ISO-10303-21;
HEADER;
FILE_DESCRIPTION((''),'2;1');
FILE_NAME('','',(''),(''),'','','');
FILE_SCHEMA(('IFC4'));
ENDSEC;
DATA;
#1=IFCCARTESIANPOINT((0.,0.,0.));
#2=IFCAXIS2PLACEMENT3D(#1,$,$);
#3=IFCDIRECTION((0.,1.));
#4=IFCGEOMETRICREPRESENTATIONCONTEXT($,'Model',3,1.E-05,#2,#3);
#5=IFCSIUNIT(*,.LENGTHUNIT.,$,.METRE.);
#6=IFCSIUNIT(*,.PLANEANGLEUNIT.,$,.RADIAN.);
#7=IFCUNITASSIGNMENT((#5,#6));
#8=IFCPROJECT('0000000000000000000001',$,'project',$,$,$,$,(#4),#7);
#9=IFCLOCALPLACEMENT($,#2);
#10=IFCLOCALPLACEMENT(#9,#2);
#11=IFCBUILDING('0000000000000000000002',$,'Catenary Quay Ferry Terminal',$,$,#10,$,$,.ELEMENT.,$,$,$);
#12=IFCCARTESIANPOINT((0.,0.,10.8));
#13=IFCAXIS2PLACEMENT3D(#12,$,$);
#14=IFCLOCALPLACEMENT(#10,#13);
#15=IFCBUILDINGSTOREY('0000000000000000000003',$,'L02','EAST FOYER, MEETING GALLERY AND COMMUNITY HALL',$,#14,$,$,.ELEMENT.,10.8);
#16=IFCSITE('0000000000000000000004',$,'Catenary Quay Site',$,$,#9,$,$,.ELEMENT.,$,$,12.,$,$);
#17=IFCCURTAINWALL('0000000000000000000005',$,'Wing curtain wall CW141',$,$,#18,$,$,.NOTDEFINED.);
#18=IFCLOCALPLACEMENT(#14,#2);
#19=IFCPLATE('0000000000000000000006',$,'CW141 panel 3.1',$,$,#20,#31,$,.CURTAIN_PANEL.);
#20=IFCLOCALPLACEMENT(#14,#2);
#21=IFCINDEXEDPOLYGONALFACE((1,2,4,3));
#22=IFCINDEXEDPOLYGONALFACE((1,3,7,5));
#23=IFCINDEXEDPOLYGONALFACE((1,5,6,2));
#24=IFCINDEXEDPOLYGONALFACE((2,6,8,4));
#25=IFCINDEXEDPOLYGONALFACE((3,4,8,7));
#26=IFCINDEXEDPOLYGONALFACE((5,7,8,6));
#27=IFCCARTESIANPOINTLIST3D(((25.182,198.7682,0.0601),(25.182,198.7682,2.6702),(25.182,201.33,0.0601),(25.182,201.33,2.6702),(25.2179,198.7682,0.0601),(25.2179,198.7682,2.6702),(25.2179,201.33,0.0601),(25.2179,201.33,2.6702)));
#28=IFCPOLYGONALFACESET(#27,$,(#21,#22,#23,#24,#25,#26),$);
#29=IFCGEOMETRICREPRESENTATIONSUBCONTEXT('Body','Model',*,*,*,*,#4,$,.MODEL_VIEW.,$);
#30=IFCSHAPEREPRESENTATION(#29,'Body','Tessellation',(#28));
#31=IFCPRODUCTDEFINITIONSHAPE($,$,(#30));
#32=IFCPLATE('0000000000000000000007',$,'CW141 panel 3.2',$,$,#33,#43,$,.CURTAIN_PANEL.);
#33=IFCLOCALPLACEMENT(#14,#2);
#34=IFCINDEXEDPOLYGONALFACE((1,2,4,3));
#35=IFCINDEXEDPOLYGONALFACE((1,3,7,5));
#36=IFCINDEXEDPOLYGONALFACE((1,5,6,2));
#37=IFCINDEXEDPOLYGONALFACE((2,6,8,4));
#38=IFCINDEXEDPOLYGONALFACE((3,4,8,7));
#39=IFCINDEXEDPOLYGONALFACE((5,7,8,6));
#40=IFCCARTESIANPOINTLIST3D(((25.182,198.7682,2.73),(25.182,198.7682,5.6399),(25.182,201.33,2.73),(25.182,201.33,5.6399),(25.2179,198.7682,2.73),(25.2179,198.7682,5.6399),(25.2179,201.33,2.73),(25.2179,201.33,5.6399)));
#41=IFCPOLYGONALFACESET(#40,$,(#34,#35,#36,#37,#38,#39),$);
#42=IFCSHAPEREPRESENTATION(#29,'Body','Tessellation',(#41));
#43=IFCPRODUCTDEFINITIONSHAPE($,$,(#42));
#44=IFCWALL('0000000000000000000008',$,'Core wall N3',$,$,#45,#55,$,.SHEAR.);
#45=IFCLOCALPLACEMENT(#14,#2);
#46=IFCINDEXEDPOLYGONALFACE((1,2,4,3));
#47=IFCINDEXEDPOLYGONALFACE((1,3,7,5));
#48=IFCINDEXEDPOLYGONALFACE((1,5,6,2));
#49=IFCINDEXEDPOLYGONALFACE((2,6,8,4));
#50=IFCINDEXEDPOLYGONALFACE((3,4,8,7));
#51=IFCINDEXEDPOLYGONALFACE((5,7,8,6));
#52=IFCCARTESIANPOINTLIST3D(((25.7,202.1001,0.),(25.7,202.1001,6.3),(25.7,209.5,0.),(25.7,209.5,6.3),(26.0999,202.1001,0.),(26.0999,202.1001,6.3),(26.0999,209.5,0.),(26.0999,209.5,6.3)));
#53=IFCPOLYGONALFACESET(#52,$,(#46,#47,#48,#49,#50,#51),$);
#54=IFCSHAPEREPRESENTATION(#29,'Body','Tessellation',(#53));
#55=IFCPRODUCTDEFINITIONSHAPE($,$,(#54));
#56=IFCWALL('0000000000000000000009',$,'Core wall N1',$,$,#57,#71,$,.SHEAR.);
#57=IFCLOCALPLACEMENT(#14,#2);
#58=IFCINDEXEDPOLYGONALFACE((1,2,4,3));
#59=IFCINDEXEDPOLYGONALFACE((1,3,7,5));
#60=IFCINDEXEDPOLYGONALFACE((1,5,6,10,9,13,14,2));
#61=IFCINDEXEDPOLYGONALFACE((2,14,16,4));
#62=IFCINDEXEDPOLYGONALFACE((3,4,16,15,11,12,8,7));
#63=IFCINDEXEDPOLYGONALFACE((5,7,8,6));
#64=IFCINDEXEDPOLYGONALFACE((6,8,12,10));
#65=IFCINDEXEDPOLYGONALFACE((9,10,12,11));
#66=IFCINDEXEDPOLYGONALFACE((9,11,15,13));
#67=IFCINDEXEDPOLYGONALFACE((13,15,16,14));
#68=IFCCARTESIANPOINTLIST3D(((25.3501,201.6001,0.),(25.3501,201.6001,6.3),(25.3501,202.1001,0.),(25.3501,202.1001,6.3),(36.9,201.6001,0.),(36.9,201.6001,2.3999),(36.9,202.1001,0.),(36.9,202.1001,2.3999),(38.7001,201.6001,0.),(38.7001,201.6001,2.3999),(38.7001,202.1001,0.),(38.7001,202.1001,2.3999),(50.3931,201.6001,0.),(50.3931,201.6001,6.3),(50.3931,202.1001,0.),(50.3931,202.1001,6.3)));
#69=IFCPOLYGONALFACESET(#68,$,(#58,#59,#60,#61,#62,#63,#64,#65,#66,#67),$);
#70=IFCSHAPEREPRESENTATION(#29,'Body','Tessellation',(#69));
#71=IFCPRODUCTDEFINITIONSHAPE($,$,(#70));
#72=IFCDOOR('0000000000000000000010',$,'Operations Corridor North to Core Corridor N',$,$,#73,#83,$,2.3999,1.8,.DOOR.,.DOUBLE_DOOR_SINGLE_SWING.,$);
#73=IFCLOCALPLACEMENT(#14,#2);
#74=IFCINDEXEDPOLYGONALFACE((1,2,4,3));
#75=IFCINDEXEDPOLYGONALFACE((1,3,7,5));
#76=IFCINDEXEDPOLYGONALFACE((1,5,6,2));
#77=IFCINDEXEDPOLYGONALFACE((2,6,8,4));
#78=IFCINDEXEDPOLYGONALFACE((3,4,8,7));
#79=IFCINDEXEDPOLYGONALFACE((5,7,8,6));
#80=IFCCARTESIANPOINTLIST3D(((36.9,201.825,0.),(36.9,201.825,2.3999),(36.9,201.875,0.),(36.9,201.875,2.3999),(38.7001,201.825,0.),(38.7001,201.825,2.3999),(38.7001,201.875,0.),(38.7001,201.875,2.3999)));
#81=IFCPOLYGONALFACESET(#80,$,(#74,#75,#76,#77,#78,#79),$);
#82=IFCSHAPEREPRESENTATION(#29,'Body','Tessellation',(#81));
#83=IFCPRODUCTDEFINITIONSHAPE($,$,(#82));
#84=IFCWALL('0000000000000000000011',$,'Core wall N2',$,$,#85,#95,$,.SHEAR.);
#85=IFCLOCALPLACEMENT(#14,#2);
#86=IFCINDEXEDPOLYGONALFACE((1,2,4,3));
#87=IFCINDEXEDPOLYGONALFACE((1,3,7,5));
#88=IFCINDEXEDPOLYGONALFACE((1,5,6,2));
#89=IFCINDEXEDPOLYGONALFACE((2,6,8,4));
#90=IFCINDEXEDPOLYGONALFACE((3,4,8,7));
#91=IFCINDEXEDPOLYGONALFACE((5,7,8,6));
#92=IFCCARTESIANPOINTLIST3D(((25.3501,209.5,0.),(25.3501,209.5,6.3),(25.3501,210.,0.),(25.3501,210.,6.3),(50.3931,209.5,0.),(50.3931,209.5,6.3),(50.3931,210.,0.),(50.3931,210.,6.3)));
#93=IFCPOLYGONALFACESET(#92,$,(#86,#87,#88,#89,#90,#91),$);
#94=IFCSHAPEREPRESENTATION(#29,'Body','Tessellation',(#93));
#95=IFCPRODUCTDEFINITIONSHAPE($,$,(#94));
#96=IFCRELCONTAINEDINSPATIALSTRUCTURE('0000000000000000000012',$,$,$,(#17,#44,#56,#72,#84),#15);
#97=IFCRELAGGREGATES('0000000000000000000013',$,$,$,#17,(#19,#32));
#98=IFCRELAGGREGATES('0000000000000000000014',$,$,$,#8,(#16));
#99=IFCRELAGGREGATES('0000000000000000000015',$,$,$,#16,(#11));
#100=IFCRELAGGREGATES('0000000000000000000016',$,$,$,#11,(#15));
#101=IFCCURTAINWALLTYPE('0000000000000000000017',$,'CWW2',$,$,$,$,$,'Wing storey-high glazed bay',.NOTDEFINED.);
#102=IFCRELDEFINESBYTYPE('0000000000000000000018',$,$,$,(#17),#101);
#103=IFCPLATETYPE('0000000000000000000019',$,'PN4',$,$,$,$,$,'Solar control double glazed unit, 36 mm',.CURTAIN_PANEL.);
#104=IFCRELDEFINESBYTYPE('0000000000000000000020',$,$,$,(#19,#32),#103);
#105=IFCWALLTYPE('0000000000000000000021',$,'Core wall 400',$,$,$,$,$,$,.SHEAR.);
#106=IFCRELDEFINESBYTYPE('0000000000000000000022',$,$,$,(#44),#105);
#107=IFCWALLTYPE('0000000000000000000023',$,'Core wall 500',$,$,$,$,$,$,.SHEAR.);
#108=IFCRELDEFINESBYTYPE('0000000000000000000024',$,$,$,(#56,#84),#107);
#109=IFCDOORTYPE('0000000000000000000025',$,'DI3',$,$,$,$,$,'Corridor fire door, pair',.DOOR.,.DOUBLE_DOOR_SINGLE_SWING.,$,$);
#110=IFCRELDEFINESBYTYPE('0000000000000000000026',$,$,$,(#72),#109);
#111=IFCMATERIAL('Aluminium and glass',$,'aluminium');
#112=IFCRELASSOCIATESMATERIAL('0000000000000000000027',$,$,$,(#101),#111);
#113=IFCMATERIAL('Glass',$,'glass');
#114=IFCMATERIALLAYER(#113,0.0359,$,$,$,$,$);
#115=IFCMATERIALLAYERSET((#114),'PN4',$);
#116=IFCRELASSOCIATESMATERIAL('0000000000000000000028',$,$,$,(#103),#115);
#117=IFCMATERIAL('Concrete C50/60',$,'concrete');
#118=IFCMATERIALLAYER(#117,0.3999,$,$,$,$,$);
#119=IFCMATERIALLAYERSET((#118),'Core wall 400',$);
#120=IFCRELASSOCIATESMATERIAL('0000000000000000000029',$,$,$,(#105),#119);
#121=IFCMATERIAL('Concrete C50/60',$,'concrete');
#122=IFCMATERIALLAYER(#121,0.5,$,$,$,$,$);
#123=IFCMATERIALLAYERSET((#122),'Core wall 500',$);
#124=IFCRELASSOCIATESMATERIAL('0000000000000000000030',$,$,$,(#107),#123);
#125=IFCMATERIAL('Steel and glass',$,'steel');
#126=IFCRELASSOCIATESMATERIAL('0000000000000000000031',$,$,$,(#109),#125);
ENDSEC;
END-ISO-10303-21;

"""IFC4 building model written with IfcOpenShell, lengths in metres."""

from ifc_helpers import new_model, si_unit, direction, frame, frame_2d, origin, origin_2d, place, context, subcontext, project, spatial, rectangle, extrude, material, layer, layer_set, type_object, element, fill, aggregate, save


model = new_model("IFC4")

# Units and contexts
model_context = context("Model", 3, precision=1e-05, world=origin(), true_north=direction((0.0, 1.0)))
body_context = subcontext(model_context, "Body", "Model", "MODEL_VIEW")
ifc_project = project(units=[si_unit("LENGTHUNIT", "METRE"), si_unit("PLANEANGLEUNIT", "RADIAN")], contexts=[model_context])

# Site, building, storey
site_placement = place(None, origin())
site = spatial("IfcSite", under=ifc_project, at=site_placement, Name="Catenary Quay Site", CompositionType="ELEMENT", RefElevation=12.0)
building_placement = place(site_placement, origin())
building = spatial("IfcBuilding", under=site, at=building_placement, Name="Catenary Quay Ferry Terminal", CompositionType="ELEMENT")
storey_placement = place(building_placement, frame((0.0, 0.0, 10.8)))
storey = spatial("IfcBuildingStorey", under=building, at=storey_placement, Name="L02", Description="EAST FOYER, MEETING GALLERY AND COMMUNITY HALL", CompositionType="ELEMENT", Elevation=10.8)

# Curtain wall, plates
ifc_material_1 = material(Name="Aluminium and glass", Category="aluminium")
curtain_wall_type = type_object("IfcCurtainWallType", Name="CWW2", ElementType="Wing storey-high glazed bay", PredefinedType="NOTDEFINED", material=ifc_material_1)
curtain_wall_placement = place(storey_placement, origin())
curtain_wall = element("IfcCurtainWall", 1, at=curtain_wall_placement, inside=storey, type_object=curtain_wall_type, Name="Wing curtain wall CW141", PredefinedType="NOTDEFINED")
ifc_material_2 = material(Name="Glass", Category="glass")
ifc_layer_1 = layer(ifc_material_2, 0.0359)
ifc_layer_set_1 = layer_set([ifc_layer_1], Name="PN4")
plate_type = type_object("IfcPlateType", Name="PN4", ElementType="Solar control double glazed unit, 36 mm", PredefinedType="CURTAIN_PANEL", material=ifc_layer_set_1)
plate_1_placement = place(storey_placement, frame((25.2, 200.0491, 0.0601), z_axis=(0.0, 0.0, 1.0), x_axis=(0.0, 1.0, 0.0)))
plate_1 = element("IfcPlate", 2, at=plate_1_placement, type_object=plate_type, Name="CW141 panel 3.1", PredefinedType="CURTAIN_PANEL", context=body_context, shape_type="SweptSolid", body=[
    extrude(rectangle(XDim=2.5618, YDim=0.0359, at=origin_2d()), origin(), (0.0, 0.0, 1.0), 2.6101),
])
plate_2_placement = place(storey_placement, frame((25.2, 200.0491, 2.73), z_axis=(0.0, 0.0, 1.0), x_axis=(0.0, 1.0, 0.0)))
plate_2 = element("IfcPlate", 3, at=plate_2_placement, type_object=plate_type, Name="CW141 panel 3.2", PredefinedType="CURTAIN_PANEL", context=body_context, shape_type="SweptSolid", body=[
    extrude(rectangle(XDim=2.5618, YDim=0.0359, at=origin_2d()), origin(), (0.0, 0.0, 1.0), 2.9099),
])
aggregate(curtain_wall, [plate_1, plate_2])

# Wall
ifc_material_3 = material(Name="Concrete C50/60", Category="concrete")
ifc_layer_2 = layer(ifc_material_3, 0.3999)
ifc_layer_set_2 = layer_set([ifc_layer_2], Name="Core wall 400")
wall_type_1 = type_object("IfcWallType", Name="Core wall 400", PredefinedType="SHEAR", material=ifc_layer_set_2)
wall_1_placement = place(storey_placement, frame((25.8999, 202.1001, 0.0), z_axis=(0.0, 0.0, 1.0), x_axis=(0.0, 1.0, 0.0)))
element("IfcWall", 4, at=wall_1_placement, inside=storey, type_object=wall_type_1, Name="Core wall N3", PredefinedType="SHEAR", context=body_context, shape_type="SweptSolid", body=[
    extrude(rectangle(XDim=7.3999, YDim=0.3999, at=frame_2d((3.7, 0.0))), origin(), (0.0, 0.0, 1.0), 6.3),
])

# Wall, opening, door
ifc_material_4 = material(Name="Concrete C50/60", Category="concrete")
ifc_layer_3 = layer(ifc_material_4, 0.5)
ifc_layer_set_3 = layer_set([ifc_layer_3], Name="Core wall 500")
wall_type_2 = type_object("IfcWallType", Name="Core wall 500", PredefinedType="SHEAR", material=ifc_layer_set_3)
wall_2_placement = place(storey_placement, frame((25.3501, 201.8501, 0.0), z_axis=(0.0, 0.0, 1.0), x_axis=(1.0, 0.0, 0.0)))
wall_2 = element("IfcWall", 5, at=wall_2_placement, inside=storey, type_object=wall_type_2, Name="Core wall N1", PredefinedType="SHEAR", context=body_context, shape_type="SweptSolid", body=[
    extrude(rectangle(XDim=25.043, YDim=0.5, at=frame_2d((12.5215, 0.0))), origin(), (0.0, 0.0, 1.0), 6.3),
])
opening_placement = place(wall_2_placement, frame((11.55, 0.0, 0.0)))
opening = element("IfcOpeningElement", 6, at=opening_placement, cuts=wall_2, PredefinedType="OPENING", context=body_context, shape_type="SweptSolid", body=[
    extrude(rectangle(XDim=1.8, YDim=2.3999, at=frame_2d((0.8999, 1.2))), frame((0.0, 0.26, 0.0), z_axis=(0.0, -1.0, 0.0), x_axis=(1.0, 0.0, 0.0)), (0.0, 0.0, 1.0), 0.52),
])
ifc_material_5 = material(Name="Steel and glass", Category="steel")
door_type = type_object("IfcDoorType", Name="DI3", ElementType="Corridor fire door, pair", OperationType="DOUBLE_DOOR_SINGLE_SWING", PredefinedType="DOOR", material=ifc_material_5)
door_placement = place(opening_placement, origin())
door = element("IfcDoor", 7, at=door_placement, inside=storey, type_object=door_type, Name="Operations Corridor North to Core Corridor N", OperationType="DOUBLE_DOOR_SINGLE_SWING", OverallHeight=2.3999, OverallWidth=1.8, PredefinedType="DOOR", context=body_context, shape_type="SweptSolid", body=[
    extrude(rectangle(XDim=1.8, YDim=2.3999, at=frame_2d((0.8999, 1.2))), frame((0.0, 0.0249, 0.0), z_axis=(0.0, -1.0, 0.0), x_axis=(1.0, 0.0, 0.0)), (0.0, 0.0, 1.0), 0.05),
])
fill(opening, door)

# Wall
wall_3_placement = place(storey_placement, frame((25.3501, 209.75, 0.0), z_axis=(0.0, 0.0, 1.0), x_axis=(1.0, 0.0, 0.0)))
element("IfcWall", 8, at=wall_3_placement, inside=storey, type_object=wall_type_2, Name="Core wall N2", PredefinedType="SHEAR", context=body_context, shape_type="SweptSolid", body=[
    extrude(rectangle(XDim=25.043, YDim=0.5, at=frame_2d((12.5215, 0.0))), origin(), (0.0, 0.0, 1.0), 6.3),
])

save(model, "model.ifc")
